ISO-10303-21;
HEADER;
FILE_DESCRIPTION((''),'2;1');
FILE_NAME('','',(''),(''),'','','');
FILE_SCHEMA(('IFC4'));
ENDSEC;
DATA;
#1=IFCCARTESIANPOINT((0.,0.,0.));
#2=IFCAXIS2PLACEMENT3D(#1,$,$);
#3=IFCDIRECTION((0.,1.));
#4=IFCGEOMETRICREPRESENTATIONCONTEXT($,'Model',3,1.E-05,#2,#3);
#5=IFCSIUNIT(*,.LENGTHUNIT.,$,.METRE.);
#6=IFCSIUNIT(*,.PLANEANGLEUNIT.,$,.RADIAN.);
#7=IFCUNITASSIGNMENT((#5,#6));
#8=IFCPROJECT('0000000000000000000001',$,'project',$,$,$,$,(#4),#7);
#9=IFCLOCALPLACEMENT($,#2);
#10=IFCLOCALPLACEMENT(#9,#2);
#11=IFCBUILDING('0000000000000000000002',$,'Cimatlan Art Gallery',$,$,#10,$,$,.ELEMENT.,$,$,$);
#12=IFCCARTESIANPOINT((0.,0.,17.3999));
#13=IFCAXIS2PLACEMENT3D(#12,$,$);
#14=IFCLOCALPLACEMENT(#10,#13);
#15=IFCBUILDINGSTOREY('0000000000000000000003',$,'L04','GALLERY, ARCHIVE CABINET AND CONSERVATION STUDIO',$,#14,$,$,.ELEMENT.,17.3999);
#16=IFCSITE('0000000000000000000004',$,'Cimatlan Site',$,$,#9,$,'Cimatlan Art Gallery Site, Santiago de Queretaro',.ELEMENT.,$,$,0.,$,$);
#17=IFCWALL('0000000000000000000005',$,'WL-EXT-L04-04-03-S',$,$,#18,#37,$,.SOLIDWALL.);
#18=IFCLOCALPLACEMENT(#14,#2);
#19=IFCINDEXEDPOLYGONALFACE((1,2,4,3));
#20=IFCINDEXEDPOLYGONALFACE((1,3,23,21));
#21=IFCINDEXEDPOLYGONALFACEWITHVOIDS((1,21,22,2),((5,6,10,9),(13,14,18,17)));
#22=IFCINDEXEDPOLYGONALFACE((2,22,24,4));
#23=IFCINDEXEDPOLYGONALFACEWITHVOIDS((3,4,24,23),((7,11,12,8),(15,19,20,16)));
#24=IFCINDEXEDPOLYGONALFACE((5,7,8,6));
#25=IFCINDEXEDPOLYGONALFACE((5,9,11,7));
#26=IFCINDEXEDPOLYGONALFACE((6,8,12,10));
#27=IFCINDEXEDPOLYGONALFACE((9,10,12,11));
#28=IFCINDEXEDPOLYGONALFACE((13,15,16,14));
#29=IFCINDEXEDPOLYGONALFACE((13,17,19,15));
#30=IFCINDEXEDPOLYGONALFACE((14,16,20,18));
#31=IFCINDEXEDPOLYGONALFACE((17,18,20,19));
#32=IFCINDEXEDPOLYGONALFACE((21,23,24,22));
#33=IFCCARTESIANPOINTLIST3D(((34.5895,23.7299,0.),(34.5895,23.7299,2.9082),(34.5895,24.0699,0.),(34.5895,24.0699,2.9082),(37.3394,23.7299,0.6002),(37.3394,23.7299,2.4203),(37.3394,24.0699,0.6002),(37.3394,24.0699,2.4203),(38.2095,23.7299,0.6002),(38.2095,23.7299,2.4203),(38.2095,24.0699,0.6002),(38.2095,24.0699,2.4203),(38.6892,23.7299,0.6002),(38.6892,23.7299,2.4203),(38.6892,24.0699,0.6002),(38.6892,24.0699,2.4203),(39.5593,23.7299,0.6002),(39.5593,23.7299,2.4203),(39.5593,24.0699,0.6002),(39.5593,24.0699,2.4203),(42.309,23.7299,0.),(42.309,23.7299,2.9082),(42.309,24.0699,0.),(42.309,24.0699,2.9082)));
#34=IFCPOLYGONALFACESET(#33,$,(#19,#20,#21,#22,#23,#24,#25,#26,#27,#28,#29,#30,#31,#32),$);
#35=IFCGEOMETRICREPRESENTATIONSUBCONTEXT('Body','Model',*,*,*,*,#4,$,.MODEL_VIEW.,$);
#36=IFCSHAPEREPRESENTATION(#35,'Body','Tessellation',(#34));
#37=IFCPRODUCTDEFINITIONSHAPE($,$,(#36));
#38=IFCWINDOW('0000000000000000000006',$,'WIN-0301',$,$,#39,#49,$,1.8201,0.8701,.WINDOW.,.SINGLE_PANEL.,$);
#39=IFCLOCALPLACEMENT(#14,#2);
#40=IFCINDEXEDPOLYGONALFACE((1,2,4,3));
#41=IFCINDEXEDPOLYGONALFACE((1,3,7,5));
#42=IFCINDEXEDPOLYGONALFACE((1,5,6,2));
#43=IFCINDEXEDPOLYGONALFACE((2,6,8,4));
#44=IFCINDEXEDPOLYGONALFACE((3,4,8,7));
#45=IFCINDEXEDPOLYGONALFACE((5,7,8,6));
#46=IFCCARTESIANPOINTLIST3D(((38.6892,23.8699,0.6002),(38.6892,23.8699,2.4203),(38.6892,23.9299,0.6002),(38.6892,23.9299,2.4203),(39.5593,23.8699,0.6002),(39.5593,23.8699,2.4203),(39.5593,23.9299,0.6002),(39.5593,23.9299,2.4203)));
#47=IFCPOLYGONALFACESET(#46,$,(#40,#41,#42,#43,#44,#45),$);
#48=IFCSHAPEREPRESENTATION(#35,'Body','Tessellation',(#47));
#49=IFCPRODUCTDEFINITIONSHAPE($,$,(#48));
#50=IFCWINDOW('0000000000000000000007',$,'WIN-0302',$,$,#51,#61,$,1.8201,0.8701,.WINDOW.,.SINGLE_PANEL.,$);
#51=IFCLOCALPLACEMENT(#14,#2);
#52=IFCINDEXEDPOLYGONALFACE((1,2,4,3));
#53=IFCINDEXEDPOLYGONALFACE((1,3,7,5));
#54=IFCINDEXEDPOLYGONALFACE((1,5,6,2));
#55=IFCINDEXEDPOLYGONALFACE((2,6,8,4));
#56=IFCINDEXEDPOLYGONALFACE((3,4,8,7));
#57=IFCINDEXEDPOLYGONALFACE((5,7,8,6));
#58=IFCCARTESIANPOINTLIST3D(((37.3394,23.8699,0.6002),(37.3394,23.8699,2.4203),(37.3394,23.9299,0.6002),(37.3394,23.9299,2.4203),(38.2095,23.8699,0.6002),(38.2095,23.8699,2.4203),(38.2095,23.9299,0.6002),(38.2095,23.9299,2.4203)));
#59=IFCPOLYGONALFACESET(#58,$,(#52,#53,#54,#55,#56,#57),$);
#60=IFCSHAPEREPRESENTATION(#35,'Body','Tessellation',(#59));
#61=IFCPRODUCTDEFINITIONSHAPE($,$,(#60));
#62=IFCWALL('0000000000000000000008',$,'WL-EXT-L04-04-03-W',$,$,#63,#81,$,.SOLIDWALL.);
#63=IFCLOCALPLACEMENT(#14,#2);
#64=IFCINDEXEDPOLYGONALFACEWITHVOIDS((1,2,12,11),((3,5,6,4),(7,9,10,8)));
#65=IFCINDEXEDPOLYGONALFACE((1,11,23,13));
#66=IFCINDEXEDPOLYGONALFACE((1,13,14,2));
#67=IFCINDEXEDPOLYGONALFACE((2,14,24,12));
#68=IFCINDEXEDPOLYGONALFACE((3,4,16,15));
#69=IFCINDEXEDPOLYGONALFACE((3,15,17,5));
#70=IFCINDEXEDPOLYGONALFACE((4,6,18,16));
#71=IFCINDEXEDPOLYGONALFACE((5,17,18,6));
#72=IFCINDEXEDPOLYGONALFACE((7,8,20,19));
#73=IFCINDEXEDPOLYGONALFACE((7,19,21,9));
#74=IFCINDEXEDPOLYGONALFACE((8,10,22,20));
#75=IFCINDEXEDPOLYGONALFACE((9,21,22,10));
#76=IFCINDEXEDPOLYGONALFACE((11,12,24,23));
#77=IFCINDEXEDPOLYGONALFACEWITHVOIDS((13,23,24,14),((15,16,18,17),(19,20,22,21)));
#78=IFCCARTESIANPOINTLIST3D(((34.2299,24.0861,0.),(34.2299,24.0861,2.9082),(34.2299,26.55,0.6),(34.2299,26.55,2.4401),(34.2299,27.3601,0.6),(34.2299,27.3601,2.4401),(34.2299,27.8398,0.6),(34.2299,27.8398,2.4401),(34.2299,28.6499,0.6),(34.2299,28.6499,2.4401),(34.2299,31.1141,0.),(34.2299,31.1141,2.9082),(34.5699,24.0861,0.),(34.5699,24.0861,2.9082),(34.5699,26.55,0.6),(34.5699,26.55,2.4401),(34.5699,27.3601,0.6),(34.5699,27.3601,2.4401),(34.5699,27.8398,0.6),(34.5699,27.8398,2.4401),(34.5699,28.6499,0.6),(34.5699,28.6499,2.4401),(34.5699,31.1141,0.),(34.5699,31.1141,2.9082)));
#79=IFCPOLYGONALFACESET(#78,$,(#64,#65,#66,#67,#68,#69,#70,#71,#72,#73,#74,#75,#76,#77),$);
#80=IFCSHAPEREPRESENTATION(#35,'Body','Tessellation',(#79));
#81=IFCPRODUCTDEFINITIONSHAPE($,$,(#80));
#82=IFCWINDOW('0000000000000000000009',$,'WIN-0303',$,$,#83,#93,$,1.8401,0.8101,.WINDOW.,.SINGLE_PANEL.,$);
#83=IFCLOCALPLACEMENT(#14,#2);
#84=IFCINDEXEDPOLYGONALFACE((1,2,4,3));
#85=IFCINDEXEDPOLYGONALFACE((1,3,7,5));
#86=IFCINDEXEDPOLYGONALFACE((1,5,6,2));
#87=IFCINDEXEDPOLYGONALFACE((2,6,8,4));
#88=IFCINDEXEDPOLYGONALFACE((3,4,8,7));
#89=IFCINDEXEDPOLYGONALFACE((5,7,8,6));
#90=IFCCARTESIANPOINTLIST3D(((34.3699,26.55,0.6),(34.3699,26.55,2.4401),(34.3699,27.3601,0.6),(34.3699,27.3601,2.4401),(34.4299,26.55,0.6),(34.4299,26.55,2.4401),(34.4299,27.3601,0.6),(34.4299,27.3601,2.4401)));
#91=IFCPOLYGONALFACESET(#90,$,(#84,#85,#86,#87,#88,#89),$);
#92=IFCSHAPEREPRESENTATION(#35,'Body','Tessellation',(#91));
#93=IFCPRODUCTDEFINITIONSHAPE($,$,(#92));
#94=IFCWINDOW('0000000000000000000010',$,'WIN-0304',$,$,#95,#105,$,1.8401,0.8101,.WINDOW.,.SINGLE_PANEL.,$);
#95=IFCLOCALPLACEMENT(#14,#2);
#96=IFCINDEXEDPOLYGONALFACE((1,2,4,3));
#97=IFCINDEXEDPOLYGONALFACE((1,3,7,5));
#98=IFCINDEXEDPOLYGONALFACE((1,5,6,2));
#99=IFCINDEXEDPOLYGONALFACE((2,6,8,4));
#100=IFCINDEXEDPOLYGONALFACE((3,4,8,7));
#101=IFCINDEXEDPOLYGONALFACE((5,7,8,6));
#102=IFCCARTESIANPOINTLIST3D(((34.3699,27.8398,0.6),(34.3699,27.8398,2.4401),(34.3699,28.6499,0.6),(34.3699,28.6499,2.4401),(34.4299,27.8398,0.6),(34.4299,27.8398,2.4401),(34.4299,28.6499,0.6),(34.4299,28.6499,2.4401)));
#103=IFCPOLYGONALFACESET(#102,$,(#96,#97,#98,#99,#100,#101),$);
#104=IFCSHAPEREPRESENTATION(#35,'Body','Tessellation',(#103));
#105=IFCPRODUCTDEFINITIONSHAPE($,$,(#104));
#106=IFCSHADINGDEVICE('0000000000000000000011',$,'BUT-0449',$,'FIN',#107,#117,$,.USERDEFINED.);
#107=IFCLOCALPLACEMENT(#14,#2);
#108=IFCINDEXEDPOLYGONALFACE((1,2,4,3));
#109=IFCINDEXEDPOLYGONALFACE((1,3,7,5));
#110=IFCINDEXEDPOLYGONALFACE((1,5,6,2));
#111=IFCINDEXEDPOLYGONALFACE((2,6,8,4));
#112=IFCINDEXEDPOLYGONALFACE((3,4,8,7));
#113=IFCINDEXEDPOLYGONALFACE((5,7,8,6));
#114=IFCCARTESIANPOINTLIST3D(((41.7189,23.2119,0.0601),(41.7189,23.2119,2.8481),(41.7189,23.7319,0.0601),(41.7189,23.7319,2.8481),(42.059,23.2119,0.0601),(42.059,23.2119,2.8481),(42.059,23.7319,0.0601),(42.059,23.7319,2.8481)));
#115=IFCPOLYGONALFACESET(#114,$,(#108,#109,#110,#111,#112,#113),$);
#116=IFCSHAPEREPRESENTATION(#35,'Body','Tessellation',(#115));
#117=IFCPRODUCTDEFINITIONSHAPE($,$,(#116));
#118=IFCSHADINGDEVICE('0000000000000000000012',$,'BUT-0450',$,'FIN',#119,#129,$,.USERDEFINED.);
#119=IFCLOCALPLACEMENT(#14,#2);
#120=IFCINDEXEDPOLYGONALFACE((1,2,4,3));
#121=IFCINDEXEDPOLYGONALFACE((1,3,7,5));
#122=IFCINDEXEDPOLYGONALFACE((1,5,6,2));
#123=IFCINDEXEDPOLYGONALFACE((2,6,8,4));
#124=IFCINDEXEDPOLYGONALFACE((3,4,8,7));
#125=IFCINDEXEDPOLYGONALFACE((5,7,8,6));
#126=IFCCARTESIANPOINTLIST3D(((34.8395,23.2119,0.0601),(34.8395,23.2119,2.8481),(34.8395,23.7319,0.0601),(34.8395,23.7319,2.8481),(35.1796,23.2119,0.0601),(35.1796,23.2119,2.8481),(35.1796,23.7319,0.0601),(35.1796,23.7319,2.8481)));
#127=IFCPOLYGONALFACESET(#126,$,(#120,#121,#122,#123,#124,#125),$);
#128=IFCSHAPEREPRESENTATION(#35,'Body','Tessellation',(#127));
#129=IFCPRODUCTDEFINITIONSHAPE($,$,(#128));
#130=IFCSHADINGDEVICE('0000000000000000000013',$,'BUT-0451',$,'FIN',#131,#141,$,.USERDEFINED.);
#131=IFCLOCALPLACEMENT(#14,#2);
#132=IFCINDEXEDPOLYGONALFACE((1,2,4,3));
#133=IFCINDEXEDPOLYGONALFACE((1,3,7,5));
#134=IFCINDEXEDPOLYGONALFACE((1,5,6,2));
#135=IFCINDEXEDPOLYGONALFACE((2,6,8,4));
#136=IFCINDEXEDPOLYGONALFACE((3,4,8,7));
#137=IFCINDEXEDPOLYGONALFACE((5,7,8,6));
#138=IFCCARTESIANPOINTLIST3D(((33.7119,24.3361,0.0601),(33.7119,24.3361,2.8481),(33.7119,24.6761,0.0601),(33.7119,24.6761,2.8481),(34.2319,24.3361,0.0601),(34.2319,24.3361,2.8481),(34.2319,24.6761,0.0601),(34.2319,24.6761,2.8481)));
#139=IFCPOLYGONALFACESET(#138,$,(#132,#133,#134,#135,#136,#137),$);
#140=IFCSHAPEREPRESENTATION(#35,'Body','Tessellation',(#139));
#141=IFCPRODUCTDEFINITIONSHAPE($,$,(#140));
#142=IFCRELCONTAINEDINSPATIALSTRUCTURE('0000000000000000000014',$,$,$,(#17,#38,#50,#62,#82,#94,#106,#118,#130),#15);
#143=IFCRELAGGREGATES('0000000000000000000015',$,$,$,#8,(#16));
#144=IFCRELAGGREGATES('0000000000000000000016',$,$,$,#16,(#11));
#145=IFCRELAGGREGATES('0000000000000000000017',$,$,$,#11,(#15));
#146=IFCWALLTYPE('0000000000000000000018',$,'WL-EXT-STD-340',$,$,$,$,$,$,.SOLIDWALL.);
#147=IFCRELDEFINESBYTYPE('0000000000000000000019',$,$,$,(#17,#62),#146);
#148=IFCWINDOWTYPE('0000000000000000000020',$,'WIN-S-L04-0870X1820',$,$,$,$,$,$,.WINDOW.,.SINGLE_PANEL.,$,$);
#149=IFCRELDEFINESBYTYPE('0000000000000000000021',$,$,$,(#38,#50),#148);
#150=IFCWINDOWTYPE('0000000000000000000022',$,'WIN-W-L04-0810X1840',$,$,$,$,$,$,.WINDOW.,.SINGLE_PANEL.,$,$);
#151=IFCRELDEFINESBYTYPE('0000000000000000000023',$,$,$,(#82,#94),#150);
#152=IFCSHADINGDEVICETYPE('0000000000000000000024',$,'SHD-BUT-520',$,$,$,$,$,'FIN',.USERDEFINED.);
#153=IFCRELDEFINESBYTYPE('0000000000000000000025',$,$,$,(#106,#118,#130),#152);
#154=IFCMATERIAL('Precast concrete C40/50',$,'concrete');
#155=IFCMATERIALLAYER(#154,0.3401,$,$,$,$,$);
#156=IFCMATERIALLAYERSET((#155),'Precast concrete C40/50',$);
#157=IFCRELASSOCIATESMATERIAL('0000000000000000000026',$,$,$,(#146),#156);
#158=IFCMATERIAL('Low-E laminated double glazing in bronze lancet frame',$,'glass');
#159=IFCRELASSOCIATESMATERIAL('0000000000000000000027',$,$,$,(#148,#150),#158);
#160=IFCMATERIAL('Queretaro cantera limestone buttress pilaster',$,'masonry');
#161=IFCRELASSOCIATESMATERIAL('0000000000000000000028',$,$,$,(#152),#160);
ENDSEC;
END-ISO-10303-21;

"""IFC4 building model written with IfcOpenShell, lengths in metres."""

from ifc_helpers import new_model, si_unit, direction, frame, frame_2d, origin, origin_2d, place, context, subcontext, project, spatial, rectangle, extrude, material, layer, layer_set, type_object, element, fill, save


model = new_model("IFC4")

# Units and contexts
model_context = context("Model", 3, precision=1e-05, world=origin(), true_north=direction((0.0, 1.0)))
body_context = subcontext(model_context, "Body", "Model", "MODEL_VIEW")
ifc_project = project(units=[si_unit("LENGTHUNIT", "METRE"), si_unit("PLANEANGLEUNIT", "RADIAN")], contexts=[model_context])

# Site, building, storey
site_placement = place(None, origin())
site = spatial("IfcSite", under=ifc_project, at=site_placement, Name="Cimatlan Site", LongName="Cimatlan Art Gallery Site, Santiago de Queretaro", CompositionType="ELEMENT", RefElevation=0.0)
building_placement = place(site_placement, origin())
building = spatial("IfcBuilding", under=site, at=building_placement, Name="Cimatlan Art Gallery", CompositionType="ELEMENT")
storey_placement = place(building_placement, frame((0.0, 0.0, 17.3999)))
storey = spatial("IfcBuildingStorey", under=building, at=storey_placement, Name="L04", Description="GALLERY, ARCHIVE CABINET AND CONSERVATION STUDIO", CompositionType="ELEMENT", Elevation=17.3999)

# Walls, openings, windows
ifc_material_1 = material(Name="Precast concrete C40/50", Category="concrete")
ifc_layer_1 = layer(ifc_material_1, 0.3401)
ifc_layer_set_1 = layer_set([ifc_layer_1], Name="Precast concrete C40/50")
wall_type_1 = type_object("IfcWallType", Name="WL-EXT-STD-340", PredefinedType="SOLIDWALL", material=ifc_layer_set_1)
wall_1_placement = place(storey_placement, frame((42.3091, 23.8999, 0.0), z_axis=(0.0, 0.0, 1.0), x_axis=(-1.0, 0.0, 0.0)))
wall_1 = element("IfcWall", 1, at=wall_1_placement, inside=storey, type_object=wall_type_1, Name="WL-EXT-L04-04-03-S", PredefinedType="SOLIDWALL", context=body_context, shape_type="SweptSolid", body=[
    extrude(rectangle(XDim=7.7195, YDim=0.3401, at=frame_2d((3.8599, 0.0))), origin(), (0.0, 0.0, 1.0), 2.9082),
])
opening_1_placement = place(wall_1_placement, frame((2.7498, 0.0, 0.6001)))
opening_1 = element("IfcOpeningElement", 2, at=opening_1_placement, cuts=wall_1, PredefinedType="OPENING", context=body_context, shape_type="SweptSolid", body=[
    extrude(rectangle(XDim=0.8701, YDim=1.8201, at=frame_2d((0.4351, 0.9102))), frame((0.0, 0.1802, 0.0), z_axis=(0.0, -1.0, 0.0), x_axis=(1.0, 0.0, 0.0)), (0.0, 0.0, 1.0), 0.3601),
])
opening_2_placement = place(wall_1_placement, frame((4.0996, 0.0, 0.6001)))
opening_2 = element("IfcOpeningElement", 3, at=opening_2_placement, cuts=wall_1, PredefinedType="OPENING", context=body_context, shape_type="SweptSolid", body=[
    extrude(rectangle(XDim=0.8701, YDim=1.8201, at=frame_2d((0.4351, 0.9102))), frame((0.0, 0.1802, 0.0), z_axis=(0.0, -1.0, 0.0), x_axis=(1.0, 0.0, 0.0)), (0.0, 0.0, 1.0), 0.3601),
])
ifc_material_2 = material(Name="Low-E laminated double glazing in bronze lancet frame", Category="glass")
window_type_1 = type_object("IfcWindowType", Name="WIN-S-L04-0870X1820", PartitioningType="SINGLE_PANEL", PredefinedType="WINDOW", material=ifc_material_2)
window_1_placement = place(opening_1_placement, origin())
window_1 = element("IfcWindow", 4, at=window_1_placement, inside=storey, type_object=window_type_1, Name="WIN-0301", OverallHeight=1.8201, OverallWidth=0.8701, PartitioningType="SINGLE_PANEL", PredefinedType="WINDOW", context=body_context, shape_type="SweptSolid", body=[
    extrude(rectangle(XDim=0.8701, YDim=1.8201, at=frame_2d((0.4351, 0.9102))), frame((0.0, 0.03, 0.0), z_axis=(0.0, -1.0, 0.0), x_axis=(1.0, 0.0, 0.0)), (0.0, 0.0, 1.0), 0.0601),
])
fill(opening_1, window_1)
window_2_placement = place(opening_2_placement, origin())
window_2 = element("IfcWindow", 5, at=window_2_placement, inside=storey, type_object=window_type_1, Name="WIN-0302", OverallHeight=1.8201, OverallWidth=0.8701, PartitioningType="SINGLE_PANEL", PredefinedType="WINDOW", context=body_context, shape_type="SweptSolid", body=[
    extrude(rectangle(XDim=0.8701, YDim=1.8201, at=frame_2d((0.4351, 0.9102))), frame((0.0, 0.03, 0.0), z_axis=(0.0, -1.0, 0.0), x_axis=(1.0, 0.0, 0.0)), (0.0, 0.0, 1.0), 0.0601),
])
fill(opening_2, window_2)
wall_2_placement = place(storey_placement, frame((34.3999, 24.0859, 0.0), z_axis=(0.0, 0.0, 1.0), x_axis=(0.0, 1.0, 0.0)))
wall_2 = element("IfcWall", 6, at=wall_2_placement, inside=storey, type_object=wall_type_1, Name="WL-EXT-L04-04-03-W", PredefinedType="SOLIDWALL", context=body_context, shape_type="SweptSolid", body=[
    extrude(rectangle(XDim=7.0281, YDim=0.3401, at=frame_2d((3.5142, 0.0))), origin(), (0.0, 0.0, 1.0), 2.9082),
])
opening_3_placement = place(wall_2_placement, frame((2.4641, 0.0, 0.6001)))
opening_3 = element("IfcOpeningElement", 7, at=opening_3_placement, cuts=wall_2, PredefinedType="OPENING", context=body_context, shape_type="SweptSolid", body=[
    extrude(rectangle(XDim=0.8101, YDim=1.8401, at=frame_2d((0.405, 0.9199))), frame((0.0, 0.1802, 0.0), z_axis=(0.0, -1.0, 0.0), x_axis=(1.0, 0.0, 0.0)), (0.0, 0.0, 1.0), 0.3601),
])
opening_4_placement = place(wall_2_placement, frame((3.7539, 0.0, 0.6001)))
opening_4 = element("IfcOpeningElement", 8, at=opening_4_placement, cuts=wall_2, PredefinedType="OPENING", context=body_context, shape_type="SweptSolid", body=[
    extrude(rectangle(XDim=0.8101, YDim=1.8401, at=frame_2d((0.405, 0.9199))), frame((0.0, 0.1802, 0.0), z_axis=(0.0, -1.0, 0.0), x_axis=(1.0, 0.0, 0.0)), (0.0, 0.0, 1.0), 0.3601),
])
window_type_2 = type_object("IfcWindowType", Name="WIN-W-L04-0810X1840", PartitioningType="SINGLE_PANEL", PredefinedType="WINDOW", material=ifc_material_2)
window_3_placement = place(opening_3_placement, origin())
window_3 = element("IfcWindow", 9, at=window_3_placement, inside=storey, type_object=window_type_2, Name="WIN-0303", OverallHeight=1.8401, OverallWidth=0.8101, PartitioningType="SINGLE_PANEL", PredefinedType="WINDOW", context=body_context, shape_type="SweptSolid", body=[
    extrude(rectangle(XDim=0.8101, YDim=1.8401, at=frame_2d((0.405, 0.9199))), frame((0.0, 0.03, 0.0), z_axis=(0.0, -1.0, 0.0), x_axis=(1.0, 0.0, 0.0)), (0.0, 0.0, 1.0), 0.0601),
])
fill(opening_3, window_3)
window_4_placement = place(opening_4_placement, origin())
window_4 = element("IfcWindow", 10, at=window_4_placement, inside=storey, type_object=window_type_2, Name="WIN-0304", OverallHeight=1.8401, OverallWidth=0.8101, PartitioningType="SINGLE_PANEL", PredefinedType="WINDOW", context=body_context, shape_type="SweptSolid", body=[
    extrude(rectangle(XDim=0.8101, YDim=1.8401, at=frame_2d((0.405, 0.9199))), frame((0.0, 0.03, 0.0), z_axis=(0.0, -1.0, 0.0), x_axis=(1.0, 0.0, 0.0)), (0.0, 0.0, 1.0), 0.0601),
])
fill(opening_4, window_4)

# Shading devices
ifc_material_3 = material(Name="Queretaro cantera limestone buttress pilaster", Category="masonry")
shading_device_type = type_object("IfcShadingDeviceType", Name="SHD-BUT-520", ElementType="FIN", PredefinedType="USERDEFINED", material=ifc_material_3)
for number, where, z_axis, x_axis, name in (
    (11, (41.8889, 23.4719, 0.0601), (0.0, 0.0, 1.0), (-1.0, 0.0, 0.0), "BUT-0449"),
    (12, (35.0095, 23.4719, 0.0601), (0.0, 0.0, 1.0), (-1.0, 0.0, 0.0), "BUT-0450"),
    (13, (33.9719, 24.5061, 0.0601), (0.0, 0.0, 1.0), (0.0, 1.0, 0.0), "BUT-0451"),
):
    element("IfcShadingDevice", number, at=place(storey_placement, frame(where, z_axis=z_axis, x_axis=x_axis)), inside=storey, type_object=shading_device_type, Name=name, ObjectType="FIN", PredefinedType="USERDEFINED", context=body_context, shape_type="SweptSolid", body=[
        extrude(rectangle(XDim=0.3401, YDim=0.52, at=origin_2d()), origin(), (0.0, 0.0, 1.0), 2.7881),
    ])

save(model, "model.ifc")
